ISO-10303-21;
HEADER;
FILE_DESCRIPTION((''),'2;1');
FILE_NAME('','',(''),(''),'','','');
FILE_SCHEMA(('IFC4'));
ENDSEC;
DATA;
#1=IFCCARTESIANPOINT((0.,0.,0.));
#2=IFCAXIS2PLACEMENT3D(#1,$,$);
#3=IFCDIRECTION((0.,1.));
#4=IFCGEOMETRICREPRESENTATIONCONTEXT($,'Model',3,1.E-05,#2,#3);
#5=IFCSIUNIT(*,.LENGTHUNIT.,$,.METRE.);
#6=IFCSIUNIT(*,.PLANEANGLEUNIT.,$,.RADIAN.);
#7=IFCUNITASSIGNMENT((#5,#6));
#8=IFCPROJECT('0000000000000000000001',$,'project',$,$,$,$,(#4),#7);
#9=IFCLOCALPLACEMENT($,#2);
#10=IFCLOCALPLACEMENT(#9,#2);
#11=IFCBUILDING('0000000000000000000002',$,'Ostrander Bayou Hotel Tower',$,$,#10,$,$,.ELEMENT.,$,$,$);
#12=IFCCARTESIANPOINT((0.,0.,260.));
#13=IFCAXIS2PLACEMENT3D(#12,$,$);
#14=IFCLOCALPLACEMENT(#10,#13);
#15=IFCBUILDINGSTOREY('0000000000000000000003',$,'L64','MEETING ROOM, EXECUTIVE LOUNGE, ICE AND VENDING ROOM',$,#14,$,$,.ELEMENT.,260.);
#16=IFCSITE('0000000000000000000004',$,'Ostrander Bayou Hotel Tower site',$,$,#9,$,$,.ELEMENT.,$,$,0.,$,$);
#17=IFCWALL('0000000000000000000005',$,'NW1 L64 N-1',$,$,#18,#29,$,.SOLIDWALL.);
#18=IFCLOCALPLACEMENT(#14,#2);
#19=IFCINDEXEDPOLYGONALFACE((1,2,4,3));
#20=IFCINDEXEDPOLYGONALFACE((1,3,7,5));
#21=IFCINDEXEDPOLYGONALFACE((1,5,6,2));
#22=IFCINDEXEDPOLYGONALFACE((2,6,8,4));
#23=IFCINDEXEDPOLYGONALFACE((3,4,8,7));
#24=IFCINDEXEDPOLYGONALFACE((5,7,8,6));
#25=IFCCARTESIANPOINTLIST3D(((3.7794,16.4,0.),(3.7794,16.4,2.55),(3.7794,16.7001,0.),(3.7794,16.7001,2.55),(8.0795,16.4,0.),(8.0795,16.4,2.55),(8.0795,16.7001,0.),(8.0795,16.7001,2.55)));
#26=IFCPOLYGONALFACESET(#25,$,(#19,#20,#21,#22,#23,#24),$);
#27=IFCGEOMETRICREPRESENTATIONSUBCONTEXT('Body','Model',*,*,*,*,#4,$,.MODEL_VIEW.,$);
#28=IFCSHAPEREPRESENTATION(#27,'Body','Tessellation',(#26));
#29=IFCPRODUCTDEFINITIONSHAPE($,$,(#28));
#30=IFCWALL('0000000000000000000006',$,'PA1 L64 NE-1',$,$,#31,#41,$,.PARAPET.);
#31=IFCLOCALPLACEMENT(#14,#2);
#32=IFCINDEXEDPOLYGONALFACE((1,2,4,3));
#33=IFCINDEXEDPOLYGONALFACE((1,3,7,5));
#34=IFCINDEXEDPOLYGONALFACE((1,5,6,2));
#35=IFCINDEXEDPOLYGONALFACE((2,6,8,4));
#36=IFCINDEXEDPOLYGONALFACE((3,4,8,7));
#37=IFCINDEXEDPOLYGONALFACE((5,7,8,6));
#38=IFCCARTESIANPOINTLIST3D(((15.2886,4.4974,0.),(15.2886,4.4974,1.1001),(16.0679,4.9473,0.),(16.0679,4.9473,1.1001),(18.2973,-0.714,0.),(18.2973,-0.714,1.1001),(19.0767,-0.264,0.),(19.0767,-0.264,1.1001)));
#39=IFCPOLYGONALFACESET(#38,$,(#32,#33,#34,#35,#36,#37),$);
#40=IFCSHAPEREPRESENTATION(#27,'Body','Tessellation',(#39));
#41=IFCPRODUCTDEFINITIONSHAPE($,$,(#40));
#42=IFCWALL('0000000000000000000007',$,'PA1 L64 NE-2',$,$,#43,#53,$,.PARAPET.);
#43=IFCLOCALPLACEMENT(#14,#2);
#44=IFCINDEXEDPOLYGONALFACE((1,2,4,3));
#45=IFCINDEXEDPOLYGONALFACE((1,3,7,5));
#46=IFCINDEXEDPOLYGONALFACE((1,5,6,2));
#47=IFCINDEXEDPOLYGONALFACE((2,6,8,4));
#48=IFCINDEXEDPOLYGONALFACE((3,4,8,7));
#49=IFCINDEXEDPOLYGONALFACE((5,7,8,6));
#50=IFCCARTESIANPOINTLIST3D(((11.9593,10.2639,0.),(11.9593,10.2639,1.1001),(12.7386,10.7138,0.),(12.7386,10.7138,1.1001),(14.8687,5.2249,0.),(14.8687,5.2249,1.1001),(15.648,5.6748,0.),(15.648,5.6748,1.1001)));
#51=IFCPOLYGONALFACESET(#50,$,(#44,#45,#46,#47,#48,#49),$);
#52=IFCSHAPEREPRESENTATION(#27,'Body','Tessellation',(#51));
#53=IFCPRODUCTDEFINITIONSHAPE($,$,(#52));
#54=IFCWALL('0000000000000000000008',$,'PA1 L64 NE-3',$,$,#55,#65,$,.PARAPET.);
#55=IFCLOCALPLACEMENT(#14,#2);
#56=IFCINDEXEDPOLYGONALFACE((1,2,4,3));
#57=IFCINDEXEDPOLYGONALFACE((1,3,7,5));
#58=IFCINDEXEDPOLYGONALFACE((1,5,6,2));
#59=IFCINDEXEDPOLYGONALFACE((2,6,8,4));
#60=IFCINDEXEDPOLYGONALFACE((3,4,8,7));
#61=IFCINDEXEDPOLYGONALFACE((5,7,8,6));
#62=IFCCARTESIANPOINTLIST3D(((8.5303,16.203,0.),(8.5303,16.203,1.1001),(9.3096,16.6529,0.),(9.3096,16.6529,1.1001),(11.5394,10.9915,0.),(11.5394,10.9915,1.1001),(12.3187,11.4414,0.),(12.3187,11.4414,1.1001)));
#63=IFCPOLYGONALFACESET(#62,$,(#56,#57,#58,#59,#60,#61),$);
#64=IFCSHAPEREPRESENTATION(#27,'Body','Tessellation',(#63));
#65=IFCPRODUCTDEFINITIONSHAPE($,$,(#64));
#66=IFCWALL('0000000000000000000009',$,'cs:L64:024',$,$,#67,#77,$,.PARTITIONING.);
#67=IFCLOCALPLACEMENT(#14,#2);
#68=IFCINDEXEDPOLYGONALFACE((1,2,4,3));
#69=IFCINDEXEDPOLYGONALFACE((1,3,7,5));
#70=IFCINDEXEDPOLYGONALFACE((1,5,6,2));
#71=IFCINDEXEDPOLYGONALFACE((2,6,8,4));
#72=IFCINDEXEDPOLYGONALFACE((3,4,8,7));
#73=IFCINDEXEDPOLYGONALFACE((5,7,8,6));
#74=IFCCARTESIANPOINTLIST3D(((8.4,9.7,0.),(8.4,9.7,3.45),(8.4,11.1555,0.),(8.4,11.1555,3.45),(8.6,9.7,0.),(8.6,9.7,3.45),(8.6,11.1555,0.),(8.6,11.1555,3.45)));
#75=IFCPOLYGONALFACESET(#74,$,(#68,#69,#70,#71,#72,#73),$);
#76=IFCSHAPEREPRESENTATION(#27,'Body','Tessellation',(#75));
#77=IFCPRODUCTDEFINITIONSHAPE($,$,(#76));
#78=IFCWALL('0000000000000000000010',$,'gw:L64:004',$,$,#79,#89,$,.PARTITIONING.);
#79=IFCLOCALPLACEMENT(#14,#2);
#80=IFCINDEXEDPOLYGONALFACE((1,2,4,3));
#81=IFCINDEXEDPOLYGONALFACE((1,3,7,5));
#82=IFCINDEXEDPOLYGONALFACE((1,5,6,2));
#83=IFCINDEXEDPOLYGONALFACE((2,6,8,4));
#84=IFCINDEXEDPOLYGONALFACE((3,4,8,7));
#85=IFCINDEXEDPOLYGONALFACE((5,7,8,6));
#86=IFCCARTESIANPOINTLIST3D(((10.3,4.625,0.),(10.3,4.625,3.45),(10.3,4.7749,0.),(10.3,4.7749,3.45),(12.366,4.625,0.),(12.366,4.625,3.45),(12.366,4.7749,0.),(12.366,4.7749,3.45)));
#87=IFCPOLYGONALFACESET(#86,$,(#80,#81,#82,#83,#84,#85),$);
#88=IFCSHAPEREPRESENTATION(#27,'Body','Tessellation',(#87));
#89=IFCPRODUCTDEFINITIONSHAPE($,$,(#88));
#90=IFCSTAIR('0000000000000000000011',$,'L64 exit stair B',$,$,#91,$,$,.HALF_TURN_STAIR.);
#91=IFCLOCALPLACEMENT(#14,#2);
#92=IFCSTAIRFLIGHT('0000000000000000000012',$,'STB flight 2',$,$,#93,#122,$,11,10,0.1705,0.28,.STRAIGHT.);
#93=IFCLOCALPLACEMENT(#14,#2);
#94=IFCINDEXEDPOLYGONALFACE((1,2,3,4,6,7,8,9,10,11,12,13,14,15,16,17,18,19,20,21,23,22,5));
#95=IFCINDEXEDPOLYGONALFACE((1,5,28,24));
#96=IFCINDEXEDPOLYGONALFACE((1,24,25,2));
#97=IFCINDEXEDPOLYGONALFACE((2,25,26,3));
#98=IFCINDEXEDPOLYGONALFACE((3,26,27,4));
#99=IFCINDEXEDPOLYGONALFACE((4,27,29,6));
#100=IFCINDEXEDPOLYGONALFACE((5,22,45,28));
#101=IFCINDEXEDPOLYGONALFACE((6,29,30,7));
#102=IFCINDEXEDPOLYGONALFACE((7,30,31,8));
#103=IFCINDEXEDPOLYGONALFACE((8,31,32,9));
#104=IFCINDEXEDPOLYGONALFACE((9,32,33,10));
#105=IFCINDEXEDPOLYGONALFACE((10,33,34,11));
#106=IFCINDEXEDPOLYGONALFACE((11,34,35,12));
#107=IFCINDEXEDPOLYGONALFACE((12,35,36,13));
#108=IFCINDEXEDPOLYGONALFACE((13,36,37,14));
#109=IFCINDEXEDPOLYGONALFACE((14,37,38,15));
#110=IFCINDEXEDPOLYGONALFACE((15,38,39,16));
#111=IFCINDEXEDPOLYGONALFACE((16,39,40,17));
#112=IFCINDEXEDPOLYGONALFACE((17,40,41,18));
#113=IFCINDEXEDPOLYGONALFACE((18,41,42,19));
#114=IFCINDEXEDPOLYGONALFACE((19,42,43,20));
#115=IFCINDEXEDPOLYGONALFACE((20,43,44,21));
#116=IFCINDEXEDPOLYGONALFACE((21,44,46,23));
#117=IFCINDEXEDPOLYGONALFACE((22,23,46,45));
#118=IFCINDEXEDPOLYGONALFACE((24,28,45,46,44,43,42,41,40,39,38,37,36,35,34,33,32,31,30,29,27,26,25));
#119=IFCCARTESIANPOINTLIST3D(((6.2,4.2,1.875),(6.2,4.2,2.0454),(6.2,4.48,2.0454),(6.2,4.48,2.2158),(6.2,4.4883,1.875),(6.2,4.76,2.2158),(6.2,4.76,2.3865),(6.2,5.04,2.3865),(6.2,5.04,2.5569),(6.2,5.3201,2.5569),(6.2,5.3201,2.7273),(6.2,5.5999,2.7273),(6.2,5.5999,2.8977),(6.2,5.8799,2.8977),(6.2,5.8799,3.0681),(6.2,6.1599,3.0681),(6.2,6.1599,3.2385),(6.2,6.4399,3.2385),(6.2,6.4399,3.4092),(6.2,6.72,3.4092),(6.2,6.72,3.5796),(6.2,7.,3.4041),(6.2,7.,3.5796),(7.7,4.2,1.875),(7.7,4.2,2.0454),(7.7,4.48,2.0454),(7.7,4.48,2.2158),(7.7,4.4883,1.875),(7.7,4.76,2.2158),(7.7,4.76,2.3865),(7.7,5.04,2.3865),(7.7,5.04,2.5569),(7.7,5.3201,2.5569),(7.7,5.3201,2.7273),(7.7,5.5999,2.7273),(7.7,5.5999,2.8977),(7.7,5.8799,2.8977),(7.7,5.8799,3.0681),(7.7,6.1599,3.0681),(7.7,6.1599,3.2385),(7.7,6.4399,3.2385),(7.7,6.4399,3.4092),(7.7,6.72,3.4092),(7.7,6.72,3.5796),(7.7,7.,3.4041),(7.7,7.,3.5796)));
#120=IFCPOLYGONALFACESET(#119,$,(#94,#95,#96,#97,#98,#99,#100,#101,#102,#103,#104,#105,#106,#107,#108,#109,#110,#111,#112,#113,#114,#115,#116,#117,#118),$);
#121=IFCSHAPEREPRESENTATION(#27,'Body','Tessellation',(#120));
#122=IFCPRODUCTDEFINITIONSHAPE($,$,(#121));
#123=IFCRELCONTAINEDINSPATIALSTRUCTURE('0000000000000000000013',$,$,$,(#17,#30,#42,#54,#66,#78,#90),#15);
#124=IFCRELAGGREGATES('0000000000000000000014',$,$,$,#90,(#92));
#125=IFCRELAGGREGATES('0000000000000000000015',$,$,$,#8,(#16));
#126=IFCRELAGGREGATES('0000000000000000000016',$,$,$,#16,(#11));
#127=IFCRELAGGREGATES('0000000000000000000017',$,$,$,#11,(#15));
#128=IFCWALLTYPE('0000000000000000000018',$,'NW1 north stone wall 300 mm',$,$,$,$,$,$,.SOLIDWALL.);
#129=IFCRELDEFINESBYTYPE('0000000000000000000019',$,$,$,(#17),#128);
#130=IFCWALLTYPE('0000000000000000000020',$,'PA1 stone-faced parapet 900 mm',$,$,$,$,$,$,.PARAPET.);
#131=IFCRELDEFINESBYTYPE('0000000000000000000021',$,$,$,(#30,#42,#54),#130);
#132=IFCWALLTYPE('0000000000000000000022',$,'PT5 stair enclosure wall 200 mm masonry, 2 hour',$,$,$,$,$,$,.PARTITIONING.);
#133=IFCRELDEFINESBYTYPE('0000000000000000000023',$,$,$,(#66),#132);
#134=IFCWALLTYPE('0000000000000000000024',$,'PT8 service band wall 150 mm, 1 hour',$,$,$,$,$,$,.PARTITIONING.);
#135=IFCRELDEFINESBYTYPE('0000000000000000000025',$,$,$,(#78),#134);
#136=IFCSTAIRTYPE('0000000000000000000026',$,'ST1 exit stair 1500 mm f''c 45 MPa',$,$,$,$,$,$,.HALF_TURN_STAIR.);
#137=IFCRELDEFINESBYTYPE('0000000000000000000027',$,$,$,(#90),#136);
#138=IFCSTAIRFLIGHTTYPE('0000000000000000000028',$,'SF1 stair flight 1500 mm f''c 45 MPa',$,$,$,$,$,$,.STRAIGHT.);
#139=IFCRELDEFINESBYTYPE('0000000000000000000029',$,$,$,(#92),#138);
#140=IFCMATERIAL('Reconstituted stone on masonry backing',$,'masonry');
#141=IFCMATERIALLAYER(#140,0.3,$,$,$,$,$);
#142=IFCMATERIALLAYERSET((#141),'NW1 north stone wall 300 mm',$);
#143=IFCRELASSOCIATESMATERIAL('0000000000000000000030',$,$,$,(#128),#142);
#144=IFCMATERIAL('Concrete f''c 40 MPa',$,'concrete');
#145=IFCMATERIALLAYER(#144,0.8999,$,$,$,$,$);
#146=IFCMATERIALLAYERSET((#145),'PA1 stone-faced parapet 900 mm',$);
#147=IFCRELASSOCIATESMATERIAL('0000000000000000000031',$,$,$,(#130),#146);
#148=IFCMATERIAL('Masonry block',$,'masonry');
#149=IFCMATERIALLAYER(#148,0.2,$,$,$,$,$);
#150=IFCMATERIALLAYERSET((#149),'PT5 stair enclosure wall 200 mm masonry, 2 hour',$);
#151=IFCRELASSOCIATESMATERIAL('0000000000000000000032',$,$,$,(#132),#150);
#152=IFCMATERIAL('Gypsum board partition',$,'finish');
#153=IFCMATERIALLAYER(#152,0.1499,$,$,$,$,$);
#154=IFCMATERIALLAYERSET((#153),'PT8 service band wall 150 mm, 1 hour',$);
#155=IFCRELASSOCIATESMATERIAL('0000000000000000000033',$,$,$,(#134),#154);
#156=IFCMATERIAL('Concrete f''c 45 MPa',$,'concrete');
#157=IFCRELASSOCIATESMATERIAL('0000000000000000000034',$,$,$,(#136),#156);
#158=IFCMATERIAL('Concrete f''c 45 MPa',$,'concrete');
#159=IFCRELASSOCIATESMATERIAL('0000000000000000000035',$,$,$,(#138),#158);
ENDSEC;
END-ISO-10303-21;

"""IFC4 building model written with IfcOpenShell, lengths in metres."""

from ifc_helpers import new_model, si_unit, direction, frame, frame_2d, origin, place, context, subcontext, project, spatial, polyline, rectangle, outline, extrude, material, layer, layer_set, type_object, element, aggregate, save


model = new_model("IFC4")

# Units and contexts
model_context = context("Model", 3, precision=1e-05, world=origin(), true_north=direction((0.0, 1.0)))
body_context = subcontext(model_context, "Body", "Model", "MODEL_VIEW")
ifc_project = project(units=[si_unit("LENGTHUNIT", "METRE"), si_unit("PLANEANGLEUNIT", "RADIAN")], contexts=[model_context])

# Site, building, storey
site_placement = place(None, origin())
site = spatial("IfcSite", under=ifc_project, at=site_placement, Name="Ostrander Bayou Hotel Tower site", CompositionType="ELEMENT", RefElevation=0.0)
building_placement = place(site_placement, origin())
building = spatial("IfcBuilding", under=site, at=building_placement, Name="Ostrander Bayou Hotel Tower", CompositionType="ELEMENT")
storey_placement = place(building_placement, frame((0.0, 0.0, 260.0)))
storey = spatial("IfcBuildingStorey", under=building, at=storey_placement, Name="L64", Description="MEETING ROOM, EXECUTIVE LOUNGE, ICE AND VENDING ROOM", CompositionType="ELEMENT", Elevation=260.0)

# Walls
ifc_material_1 = material(Name="Reconstituted stone on masonry backing", Category="masonry")
ifc_layer_1 = layer(ifc_material_1, 0.3)
ifc_layer_set_1 = layer_set([ifc_layer_1], Name="NW1 north stone wall 300 mm")
wall_type_1 = type_object("IfcWallType", Name="NW1 north stone wall 300 mm", PredefinedType="SOLIDWALL", material=ifc_layer_set_1)
wall_1_placement = place(storey_placement, frame((8.0793, 16.55, 0.0), z_axis=(0.0, 0.0, 1.0), x_axis=(-1.0, 0.0, 0.0)))
element("IfcWall", 1, at=wall_1_placement, inside=storey, type_object=wall_type_1, Name="NW1 L64 N-1", PredefinedType="SOLIDWALL", context=body_context, shape_type="SweptSolid", body=[
    extrude(rectangle(XDim=4.3, YDim=0.3, at=frame_2d((2.1499, 0.0))), origin(), (0.0, 0.0, 1.0), 2.55),
])
ifc_material_2 = material(Name="Concrete f'c 40 MPa", Category="concrete")
ifc_layer_2 = layer(ifc_material_2, 0.8999)
ifc_layer_set_2 = layer_set([ifc_layer_2], Name="PA1 stone-faced parapet 900 mm")
wall_type_2 = type_object("IfcWallType", Name="PA1 stone-faced parapet 900 mm", PredefinedType="PARAPET", material=ifc_layer_set_2)
wall_2_placement = place(storey_placement, frame((18.687, -0.489, 0.0), z_axis=(0.0, 0.0, 1.0), x_axis=(-0.499996, 0.866027, 0.0)))
element("IfcWall", 2, at=wall_2_placement, inside=storey, type_object=wall_type_2, Name="PA1 L64 NE-1", PredefinedType="PARAPET", context=body_context, shape_type="SweptSolid", body=[
    extrude(rectangle(XDim=6.0176, YDim=0.8999, at=frame_2d((3.0088, 0.0))), origin(), (0.0, 0.0, 1.0), 1.1001),
])
wall_3_placement = place(storey_placement, frame((15.2583, 5.45, 0.0), z_axis=(0.0, 0.0, 1.0), x_axis=(-0.500015, 0.866016, 0.0)))
element("IfcWall", 3, at=wall_3_placement, inside=storey, type_object=wall_type_2, Name="PA1 L64 NE-2", PredefinedType="PARAPET", context=body_context, shape_type="SweptSolid", body=[
    extrude(rectangle(XDim=5.8186, YDim=0.8999, at=frame_2d((2.9092, 0.0))), origin(), (0.0, 0.0, 1.0), 1.1001),
])
wall_4_placement = place(storey_placement, frame((11.929, 11.2166, 0.0), z_axis=(0.0, 0.0, 1.0), x_axis=(-0.500027, 0.86601, 0.0)))
element("IfcWall", 4, at=wall_4_placement, inside=storey, type_object=wall_type_2, Name="PA1 L64 NE-3", PredefinedType="PARAPET", context=body_context, shape_type="SweptSolid", body=[
    extrude(rectangle(XDim=6.0178, YDim=0.8999, at=frame_2d((3.0088, 0.0))), origin(), (0.0, 0.0, 1.0), 1.1001),
])
ifc_material_3 = material(Name="Masonry block", Category="masonry")
ifc_layer_3 = layer(ifc_material_3, 0.2)
ifc_layer_set_3 = layer_set([ifc_layer_3], Name="PT5 stair enclosure wall 200 mm masonry, 2 hour")
wall_type_3 = type_object("IfcWallType", Name="PT5 stair enclosure wall 200 mm masonry, 2 hour", PredefinedType="PARTITIONING", material=ifc_layer_set_3)
wall_5_placement = place(storey_placement, frame((8.5, 9.7, 0.0), z_axis=(0.0, 0.0, 1.0), x_axis=(0.0, 1.0, 0.0)))
element("IfcWall", 5, at=wall_5_placement, inside=storey, type_object=wall_type_3, Name="cs:L64:024", PredefinedType="PARTITIONING", context=body_context, shape_type="SweptSolid", body=[
    extrude(rectangle(XDim=1.4556, YDim=0.2, at=frame_2d((0.7278, 0.0))), origin(), (0.0, 0.0, 1.0), 3.45),
])
ifc_material_4 = material(Name="Gypsum board partition", Category="finish")
ifc_layer_4 = layer(ifc_material_4, 0.1499)
ifc_layer_set_4 = layer_set([ifc_layer_4], Name="PT8 service band wall 150 mm, 1 hour")
wall_type_4 = type_object("IfcWallType", Name="PT8 service band wall 150 mm, 1 hour", PredefinedType="PARTITIONING", material=ifc_layer_set_4)
wall_6_placement = place(storey_placement, frame((10.3, 4.7, 0.0), z_axis=(0.0, 0.0, 1.0), x_axis=(1.0, 0.0, 0.0)))
element("IfcWall", 6, at=wall_6_placement, inside=storey, type_object=wall_type_4, Name="gw:L64:004", PredefinedType="PARTITIONING", context=body_context, shape_type="SweptSolid", body=[
    extrude(rectangle(XDim=2.0659, YDim=0.1499, at=frame_2d((1.033, 0.0))), origin(), (0.0, 0.0, 1.0), 3.45),
])

# Stair, stair flight
ifc_material_5 = material(Name="Concrete f'c 45 MPa", Category="concrete")
stair_type = type_object("IfcStairType", Name="ST1 exit stair 1500 mm f'c 45 MPa", PredefinedType="HALF_TURN_STAIR", material=ifc_material_5)
stair_placement = place(storey_placement, origin())
stair = element("IfcStair", 7, at=stair_placement, inside=storey, type_object=stair_type, Name="L64 exit stair B", PredefinedType="HALF_TURN_STAIR")
ifc_material_6 = material(Name="Concrete f'c 45 MPa", Category="concrete")
stair_flight_type = type_object("IfcStairFlightType", Name="SF1 stair flight 1500 mm f'c 45 MPa", PredefinedType="STRAIGHT", material=ifc_material_6)
stair_flight_placement = place(storey_placement, frame((6.95, 4.2, 1.875), z_axis=(0.0, 0.0, 1.0), x_axis=(0.0, 1.0, 0.0)))
stair_flight = element("IfcStairFlight", 8, at=stair_flight_placement, type_object=stair_flight_type, Name="STB flight 2", NumberOfRisers=11, NumberOfTreads=10, PredefinedType="STRAIGHT", RiserHeight=0.1705, TreadLength=0.28, context=body_context, shape_type="SweptSolid", body=[
    extrude(outline(polyline([(0.0, 0.0), (0.0, 0.1704), (0.28, 0.1704), (0.28, 0.3408), (0.5601, 0.3408), (0.5601, 0.5115), (0.8401, 0.5115), (0.8401, 0.6819), (1.1201, 0.6819), (1.1201, 0.8523), (1.3999, 0.8523), (1.3999, 1.0227), (1.6799, 1.0227), (1.6799, 1.1931), (1.96, 1.1931), (1.96, 1.3635), (2.24, 1.3635), (2.24, 1.5342), (2.52, 1.5342), (2.52, 1.7046), (2.8, 1.7046), (2.8, 1.875), (2.8, 1.5291), (0.2883, 0.0), (0.0, 0.0)])), frame((0.0, 0.75, 0.0), z_axis=(0.0, -1.0, 0.0), x_axis=(1.0, 0.0, 0.0)), (0.0, 0.0, 1.0), 1.5),
])
aggregate(stair, [stair_flight])

save(model, "model.ifc")
